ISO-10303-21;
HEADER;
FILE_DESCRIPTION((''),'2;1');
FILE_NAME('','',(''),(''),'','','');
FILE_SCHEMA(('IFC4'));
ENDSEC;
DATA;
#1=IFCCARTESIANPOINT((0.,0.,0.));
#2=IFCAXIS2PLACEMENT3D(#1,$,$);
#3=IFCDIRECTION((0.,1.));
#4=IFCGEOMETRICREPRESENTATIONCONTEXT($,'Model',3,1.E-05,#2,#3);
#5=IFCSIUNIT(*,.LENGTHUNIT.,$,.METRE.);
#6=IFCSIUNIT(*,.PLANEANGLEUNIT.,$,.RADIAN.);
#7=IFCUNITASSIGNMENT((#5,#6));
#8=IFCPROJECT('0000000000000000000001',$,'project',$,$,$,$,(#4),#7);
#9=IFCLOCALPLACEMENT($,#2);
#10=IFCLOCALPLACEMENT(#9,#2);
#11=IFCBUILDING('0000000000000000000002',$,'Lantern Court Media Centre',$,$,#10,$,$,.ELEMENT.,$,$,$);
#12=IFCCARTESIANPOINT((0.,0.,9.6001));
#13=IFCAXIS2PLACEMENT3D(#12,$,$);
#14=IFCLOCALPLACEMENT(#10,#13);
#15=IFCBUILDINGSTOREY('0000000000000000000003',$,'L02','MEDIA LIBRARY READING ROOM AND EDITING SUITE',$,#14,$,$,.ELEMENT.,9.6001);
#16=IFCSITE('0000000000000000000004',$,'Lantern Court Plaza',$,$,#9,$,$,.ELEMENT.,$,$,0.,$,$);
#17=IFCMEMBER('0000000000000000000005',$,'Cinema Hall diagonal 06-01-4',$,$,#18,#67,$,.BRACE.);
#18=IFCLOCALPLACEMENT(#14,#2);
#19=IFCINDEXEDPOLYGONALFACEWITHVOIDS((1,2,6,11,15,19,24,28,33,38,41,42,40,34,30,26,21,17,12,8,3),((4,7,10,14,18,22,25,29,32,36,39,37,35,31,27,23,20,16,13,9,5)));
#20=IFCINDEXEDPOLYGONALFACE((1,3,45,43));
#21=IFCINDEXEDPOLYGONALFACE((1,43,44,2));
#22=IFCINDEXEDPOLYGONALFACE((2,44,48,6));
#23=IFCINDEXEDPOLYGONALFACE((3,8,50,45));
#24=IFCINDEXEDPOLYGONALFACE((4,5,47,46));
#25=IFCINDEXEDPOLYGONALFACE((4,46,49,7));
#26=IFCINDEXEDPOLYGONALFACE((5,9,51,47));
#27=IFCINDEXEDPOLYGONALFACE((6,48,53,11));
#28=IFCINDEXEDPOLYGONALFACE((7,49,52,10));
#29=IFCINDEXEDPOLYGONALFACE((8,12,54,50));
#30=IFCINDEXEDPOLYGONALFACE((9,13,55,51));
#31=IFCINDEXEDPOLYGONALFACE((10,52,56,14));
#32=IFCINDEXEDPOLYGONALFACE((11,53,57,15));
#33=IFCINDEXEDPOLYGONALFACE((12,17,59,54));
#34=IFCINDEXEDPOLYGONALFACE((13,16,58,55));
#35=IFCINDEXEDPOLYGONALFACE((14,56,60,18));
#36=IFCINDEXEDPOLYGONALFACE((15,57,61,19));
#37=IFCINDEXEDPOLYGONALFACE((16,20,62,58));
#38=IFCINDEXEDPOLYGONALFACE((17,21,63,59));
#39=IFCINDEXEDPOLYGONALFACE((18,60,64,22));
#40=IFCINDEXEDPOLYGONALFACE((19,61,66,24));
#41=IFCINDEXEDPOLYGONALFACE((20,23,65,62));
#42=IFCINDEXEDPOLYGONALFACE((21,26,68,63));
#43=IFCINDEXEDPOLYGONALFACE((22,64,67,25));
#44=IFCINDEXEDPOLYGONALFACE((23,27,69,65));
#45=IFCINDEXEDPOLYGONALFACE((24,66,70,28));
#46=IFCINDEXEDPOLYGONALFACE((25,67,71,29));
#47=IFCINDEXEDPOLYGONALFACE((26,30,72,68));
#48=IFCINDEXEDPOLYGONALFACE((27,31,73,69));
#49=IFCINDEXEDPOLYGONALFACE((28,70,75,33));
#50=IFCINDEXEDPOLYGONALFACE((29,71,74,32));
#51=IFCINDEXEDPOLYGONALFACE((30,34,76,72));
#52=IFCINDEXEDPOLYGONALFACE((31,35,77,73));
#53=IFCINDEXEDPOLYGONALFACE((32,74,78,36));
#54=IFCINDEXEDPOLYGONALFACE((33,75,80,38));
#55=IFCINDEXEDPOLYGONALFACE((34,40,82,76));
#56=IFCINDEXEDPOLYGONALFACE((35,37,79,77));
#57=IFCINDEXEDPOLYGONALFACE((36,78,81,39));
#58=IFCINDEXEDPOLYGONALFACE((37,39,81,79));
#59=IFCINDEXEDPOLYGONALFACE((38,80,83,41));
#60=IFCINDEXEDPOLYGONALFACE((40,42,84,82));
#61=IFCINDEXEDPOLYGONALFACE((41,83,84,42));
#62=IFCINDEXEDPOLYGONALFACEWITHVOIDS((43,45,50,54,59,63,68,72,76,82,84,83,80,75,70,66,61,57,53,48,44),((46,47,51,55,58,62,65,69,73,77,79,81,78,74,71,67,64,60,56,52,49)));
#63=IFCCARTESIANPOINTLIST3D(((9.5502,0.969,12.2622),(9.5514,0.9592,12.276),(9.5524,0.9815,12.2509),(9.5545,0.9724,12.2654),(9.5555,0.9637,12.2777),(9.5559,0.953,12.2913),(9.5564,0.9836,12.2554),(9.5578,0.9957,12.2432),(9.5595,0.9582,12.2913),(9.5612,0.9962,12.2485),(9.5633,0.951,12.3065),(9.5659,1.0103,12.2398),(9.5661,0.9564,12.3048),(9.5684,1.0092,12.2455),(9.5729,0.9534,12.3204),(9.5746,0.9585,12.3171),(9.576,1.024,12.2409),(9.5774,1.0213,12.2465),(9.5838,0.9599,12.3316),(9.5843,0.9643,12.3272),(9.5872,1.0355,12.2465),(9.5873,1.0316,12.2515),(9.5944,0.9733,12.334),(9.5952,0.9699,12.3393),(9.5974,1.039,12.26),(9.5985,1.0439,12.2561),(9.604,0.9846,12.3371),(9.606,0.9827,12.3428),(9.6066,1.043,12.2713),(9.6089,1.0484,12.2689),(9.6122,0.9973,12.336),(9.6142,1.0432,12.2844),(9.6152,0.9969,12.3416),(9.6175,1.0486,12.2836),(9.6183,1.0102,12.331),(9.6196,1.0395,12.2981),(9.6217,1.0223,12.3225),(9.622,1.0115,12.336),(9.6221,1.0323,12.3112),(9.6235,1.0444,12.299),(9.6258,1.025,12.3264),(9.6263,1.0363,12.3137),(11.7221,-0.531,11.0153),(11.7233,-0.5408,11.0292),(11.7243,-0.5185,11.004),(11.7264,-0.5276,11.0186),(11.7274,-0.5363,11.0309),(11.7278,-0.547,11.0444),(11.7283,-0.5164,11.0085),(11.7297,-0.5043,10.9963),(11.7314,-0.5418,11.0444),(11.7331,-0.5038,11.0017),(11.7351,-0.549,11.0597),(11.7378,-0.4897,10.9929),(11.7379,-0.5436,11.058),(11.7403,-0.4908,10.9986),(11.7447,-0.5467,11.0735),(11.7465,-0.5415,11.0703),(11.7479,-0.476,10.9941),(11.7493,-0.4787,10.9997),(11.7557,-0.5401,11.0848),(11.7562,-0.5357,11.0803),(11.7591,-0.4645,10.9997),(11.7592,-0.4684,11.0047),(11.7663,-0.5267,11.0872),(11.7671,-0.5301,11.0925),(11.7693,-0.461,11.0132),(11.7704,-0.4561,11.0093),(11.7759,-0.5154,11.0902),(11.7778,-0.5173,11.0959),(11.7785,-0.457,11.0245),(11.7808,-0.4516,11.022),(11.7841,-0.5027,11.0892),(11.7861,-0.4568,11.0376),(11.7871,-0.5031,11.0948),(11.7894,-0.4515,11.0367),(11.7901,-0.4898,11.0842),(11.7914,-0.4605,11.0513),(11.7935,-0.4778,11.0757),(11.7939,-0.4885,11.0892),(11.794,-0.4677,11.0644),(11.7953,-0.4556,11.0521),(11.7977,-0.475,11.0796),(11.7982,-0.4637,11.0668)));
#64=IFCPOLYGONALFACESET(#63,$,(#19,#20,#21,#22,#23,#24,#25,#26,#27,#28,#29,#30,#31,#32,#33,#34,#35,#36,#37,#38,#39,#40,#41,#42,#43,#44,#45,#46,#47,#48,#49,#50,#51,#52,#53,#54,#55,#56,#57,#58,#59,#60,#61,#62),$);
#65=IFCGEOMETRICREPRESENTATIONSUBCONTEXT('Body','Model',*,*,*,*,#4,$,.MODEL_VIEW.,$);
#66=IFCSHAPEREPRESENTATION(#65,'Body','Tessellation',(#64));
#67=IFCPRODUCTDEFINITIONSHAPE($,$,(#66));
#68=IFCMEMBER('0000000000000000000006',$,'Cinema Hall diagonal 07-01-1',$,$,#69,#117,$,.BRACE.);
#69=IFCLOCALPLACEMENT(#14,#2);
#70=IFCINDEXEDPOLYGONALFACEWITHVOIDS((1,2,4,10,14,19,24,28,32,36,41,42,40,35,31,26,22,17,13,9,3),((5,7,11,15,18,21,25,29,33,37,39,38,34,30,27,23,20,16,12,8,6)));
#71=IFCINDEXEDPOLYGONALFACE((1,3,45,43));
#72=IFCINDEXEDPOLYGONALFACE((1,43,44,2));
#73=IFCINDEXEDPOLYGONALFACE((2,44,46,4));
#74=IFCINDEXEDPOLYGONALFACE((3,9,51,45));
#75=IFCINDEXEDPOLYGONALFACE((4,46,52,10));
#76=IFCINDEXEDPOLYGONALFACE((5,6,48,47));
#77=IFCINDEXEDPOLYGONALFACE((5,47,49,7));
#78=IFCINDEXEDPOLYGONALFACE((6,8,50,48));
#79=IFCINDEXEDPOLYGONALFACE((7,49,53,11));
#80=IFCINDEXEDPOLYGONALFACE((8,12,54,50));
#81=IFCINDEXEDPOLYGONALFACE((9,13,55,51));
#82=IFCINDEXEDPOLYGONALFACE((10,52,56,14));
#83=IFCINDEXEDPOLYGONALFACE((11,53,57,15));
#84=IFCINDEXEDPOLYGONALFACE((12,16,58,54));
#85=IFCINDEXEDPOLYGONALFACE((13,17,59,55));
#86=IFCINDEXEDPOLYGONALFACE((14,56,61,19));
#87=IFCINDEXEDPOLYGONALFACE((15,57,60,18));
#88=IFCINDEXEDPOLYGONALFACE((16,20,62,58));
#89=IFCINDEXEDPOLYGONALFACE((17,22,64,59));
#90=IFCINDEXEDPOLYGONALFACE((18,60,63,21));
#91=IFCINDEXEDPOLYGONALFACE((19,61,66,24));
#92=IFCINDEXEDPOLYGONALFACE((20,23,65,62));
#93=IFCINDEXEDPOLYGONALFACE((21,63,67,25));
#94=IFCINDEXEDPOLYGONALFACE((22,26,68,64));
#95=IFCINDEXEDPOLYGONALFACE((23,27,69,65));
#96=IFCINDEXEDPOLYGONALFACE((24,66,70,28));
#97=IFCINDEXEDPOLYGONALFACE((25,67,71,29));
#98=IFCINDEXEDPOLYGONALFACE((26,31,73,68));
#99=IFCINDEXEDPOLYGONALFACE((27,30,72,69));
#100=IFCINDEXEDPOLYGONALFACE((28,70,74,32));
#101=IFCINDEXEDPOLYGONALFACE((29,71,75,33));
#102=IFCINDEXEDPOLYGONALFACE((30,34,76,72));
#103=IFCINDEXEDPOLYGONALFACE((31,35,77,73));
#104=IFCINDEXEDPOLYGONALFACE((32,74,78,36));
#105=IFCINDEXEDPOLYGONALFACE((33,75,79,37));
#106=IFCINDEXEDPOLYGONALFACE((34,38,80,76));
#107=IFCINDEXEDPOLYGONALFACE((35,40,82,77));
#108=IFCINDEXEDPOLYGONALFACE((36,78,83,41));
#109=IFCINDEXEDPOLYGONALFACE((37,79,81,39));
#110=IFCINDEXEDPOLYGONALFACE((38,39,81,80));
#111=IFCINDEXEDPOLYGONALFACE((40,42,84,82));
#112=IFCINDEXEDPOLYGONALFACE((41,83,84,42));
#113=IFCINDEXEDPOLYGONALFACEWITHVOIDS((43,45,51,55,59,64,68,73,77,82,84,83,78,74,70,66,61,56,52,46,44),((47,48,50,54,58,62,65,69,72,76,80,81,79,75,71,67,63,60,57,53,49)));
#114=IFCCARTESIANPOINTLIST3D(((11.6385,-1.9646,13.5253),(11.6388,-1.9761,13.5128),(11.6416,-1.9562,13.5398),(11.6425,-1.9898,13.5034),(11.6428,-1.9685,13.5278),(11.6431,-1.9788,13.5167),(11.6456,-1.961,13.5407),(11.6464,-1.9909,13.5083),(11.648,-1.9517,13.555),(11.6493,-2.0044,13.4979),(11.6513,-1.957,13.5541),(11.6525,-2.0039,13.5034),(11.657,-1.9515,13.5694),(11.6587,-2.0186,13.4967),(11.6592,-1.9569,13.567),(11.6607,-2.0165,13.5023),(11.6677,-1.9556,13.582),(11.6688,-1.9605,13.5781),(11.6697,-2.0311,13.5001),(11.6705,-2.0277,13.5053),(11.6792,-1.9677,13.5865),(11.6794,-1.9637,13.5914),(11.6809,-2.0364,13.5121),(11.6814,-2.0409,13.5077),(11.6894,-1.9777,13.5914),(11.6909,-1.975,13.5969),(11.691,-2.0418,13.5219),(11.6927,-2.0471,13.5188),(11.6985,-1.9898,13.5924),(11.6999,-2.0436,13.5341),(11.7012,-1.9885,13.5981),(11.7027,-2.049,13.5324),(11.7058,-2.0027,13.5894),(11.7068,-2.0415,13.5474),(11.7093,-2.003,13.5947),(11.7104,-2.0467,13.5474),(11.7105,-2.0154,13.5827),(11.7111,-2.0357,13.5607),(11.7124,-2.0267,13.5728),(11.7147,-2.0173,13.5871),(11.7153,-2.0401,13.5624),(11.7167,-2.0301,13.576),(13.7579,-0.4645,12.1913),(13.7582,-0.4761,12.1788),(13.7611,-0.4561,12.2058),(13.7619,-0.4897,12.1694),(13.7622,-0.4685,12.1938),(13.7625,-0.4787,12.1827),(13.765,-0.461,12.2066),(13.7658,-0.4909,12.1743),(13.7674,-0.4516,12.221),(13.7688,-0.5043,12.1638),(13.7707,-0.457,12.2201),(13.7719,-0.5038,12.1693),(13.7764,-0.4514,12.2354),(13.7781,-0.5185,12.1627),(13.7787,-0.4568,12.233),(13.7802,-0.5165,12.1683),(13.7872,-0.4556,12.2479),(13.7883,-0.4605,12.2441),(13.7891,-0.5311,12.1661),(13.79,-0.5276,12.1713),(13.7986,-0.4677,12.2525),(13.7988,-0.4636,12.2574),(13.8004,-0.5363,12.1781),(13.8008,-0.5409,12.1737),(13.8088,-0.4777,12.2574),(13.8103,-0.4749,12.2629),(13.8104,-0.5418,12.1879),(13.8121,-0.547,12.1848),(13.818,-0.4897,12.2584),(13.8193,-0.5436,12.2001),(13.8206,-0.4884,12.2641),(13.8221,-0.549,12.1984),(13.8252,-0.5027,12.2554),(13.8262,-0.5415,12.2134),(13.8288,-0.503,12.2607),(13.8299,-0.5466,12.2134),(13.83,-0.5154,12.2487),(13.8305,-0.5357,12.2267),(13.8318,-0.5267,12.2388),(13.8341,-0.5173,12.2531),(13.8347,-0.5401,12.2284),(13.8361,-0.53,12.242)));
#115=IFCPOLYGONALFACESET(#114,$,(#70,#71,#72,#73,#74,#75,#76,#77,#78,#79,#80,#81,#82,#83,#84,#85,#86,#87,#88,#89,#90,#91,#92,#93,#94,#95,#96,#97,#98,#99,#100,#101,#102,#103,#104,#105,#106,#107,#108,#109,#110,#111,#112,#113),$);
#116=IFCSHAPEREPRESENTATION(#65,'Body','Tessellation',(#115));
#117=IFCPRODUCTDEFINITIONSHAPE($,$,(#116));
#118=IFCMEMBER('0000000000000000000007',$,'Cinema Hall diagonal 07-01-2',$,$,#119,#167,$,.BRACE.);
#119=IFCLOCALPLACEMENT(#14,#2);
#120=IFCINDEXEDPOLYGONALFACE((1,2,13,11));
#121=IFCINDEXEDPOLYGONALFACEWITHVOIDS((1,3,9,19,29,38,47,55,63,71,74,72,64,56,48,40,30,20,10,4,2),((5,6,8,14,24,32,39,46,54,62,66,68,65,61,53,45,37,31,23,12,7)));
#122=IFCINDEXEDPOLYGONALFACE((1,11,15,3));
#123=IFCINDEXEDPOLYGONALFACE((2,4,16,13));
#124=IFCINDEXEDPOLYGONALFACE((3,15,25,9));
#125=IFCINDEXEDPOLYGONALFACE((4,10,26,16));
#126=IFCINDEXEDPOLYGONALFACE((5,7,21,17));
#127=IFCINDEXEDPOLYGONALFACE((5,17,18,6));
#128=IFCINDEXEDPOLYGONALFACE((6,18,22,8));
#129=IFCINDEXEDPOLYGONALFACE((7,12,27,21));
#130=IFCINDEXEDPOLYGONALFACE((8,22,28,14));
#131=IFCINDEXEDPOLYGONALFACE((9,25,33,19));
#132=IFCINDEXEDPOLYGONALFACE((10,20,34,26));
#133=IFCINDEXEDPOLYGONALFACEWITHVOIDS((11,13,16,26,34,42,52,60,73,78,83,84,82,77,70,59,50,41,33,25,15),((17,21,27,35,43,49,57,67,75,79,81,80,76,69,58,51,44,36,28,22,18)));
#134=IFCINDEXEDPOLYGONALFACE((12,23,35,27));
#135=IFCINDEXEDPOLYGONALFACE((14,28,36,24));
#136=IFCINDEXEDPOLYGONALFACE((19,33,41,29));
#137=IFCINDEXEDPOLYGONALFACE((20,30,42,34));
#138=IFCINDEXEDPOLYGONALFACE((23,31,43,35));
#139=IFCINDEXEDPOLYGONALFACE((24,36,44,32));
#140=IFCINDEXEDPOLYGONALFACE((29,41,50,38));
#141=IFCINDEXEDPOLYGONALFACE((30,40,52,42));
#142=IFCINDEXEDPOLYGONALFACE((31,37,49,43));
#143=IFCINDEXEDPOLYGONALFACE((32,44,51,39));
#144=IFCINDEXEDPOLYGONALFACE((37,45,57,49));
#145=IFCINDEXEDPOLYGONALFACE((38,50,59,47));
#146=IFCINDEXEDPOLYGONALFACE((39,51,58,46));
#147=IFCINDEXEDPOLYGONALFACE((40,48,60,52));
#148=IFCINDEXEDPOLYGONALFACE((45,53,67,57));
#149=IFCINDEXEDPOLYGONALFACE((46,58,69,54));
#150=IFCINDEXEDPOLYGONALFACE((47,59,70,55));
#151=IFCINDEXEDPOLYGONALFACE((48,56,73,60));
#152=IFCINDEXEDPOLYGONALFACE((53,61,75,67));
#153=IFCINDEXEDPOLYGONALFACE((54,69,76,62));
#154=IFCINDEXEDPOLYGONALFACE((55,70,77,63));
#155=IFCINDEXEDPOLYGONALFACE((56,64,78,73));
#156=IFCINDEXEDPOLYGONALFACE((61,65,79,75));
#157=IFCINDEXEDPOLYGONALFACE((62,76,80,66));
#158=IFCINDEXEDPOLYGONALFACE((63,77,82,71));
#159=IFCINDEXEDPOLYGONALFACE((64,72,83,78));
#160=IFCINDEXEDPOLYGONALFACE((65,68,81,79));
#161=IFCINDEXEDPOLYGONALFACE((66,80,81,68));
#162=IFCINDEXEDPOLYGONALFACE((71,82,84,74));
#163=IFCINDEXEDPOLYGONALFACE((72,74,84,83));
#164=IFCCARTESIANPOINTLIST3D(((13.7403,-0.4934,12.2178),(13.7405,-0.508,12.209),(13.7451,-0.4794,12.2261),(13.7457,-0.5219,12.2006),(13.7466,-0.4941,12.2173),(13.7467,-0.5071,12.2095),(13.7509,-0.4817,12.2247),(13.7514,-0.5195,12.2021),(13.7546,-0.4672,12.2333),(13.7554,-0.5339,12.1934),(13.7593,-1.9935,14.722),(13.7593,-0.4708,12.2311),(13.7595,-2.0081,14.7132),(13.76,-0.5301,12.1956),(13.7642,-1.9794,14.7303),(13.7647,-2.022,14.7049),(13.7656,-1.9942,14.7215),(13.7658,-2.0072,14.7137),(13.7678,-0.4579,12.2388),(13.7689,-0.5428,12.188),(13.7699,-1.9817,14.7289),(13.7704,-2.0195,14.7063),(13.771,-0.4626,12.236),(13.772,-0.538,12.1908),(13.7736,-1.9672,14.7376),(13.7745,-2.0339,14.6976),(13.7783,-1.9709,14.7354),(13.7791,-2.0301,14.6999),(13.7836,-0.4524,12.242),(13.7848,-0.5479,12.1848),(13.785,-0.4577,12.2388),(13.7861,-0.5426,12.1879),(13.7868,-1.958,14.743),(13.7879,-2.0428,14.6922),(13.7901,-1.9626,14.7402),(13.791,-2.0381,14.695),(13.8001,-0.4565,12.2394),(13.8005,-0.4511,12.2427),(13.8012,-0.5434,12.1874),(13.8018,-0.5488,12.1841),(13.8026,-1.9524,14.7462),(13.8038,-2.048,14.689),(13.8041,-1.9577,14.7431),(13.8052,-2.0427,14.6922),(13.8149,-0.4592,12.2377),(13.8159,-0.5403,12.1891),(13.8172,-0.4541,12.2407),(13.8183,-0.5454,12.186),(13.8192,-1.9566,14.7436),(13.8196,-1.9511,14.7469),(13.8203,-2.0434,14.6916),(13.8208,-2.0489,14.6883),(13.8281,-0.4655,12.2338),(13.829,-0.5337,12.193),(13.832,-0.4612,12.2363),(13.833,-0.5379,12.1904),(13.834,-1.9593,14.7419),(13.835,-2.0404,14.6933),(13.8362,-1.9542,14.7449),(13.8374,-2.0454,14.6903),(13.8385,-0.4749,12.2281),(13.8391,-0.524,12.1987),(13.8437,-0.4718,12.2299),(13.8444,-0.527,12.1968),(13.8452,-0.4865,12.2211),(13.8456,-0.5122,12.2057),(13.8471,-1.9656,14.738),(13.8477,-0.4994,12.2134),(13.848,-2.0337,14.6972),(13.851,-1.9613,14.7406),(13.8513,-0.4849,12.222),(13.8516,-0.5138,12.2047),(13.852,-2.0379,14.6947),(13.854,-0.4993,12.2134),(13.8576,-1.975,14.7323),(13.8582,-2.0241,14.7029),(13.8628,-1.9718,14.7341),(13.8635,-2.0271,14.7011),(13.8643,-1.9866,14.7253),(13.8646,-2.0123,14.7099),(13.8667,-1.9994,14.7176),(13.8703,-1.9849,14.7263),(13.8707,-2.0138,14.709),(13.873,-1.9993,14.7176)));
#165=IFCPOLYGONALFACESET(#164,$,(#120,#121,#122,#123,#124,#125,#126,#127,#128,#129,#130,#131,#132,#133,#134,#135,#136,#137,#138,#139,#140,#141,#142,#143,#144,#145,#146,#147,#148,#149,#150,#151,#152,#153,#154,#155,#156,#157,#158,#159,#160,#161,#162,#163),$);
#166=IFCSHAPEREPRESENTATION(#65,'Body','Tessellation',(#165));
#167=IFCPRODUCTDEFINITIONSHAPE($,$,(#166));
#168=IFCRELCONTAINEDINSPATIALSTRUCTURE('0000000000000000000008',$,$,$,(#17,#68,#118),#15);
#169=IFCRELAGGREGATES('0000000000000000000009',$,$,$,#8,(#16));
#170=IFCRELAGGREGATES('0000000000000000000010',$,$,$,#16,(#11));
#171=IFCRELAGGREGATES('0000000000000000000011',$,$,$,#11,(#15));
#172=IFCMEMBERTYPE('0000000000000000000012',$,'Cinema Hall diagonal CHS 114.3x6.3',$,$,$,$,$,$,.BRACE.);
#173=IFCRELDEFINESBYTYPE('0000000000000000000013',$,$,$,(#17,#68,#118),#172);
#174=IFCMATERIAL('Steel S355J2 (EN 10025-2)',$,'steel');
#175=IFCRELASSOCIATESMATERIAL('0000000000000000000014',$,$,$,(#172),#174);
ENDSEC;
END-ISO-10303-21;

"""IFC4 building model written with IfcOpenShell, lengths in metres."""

from ifc_helpers import new_model, si_unit, direction, frame, origin, origin_2d, place, context, subcontext, project, spatial, hollow_circle, extrude, material, material_profile, profile_set, type_object, element, save


model = new_model("IFC4")

# Units and contexts
model_context = context("Model", 3, precision=1e-05, world=origin(), true_north=direction((0.0, 1.0)))
body_context = subcontext(model_context, "Body", "Model", "MODEL_VIEW")
ifc_project = project(units=[si_unit("LENGTHUNIT", "METRE"), si_unit("PLANEANGLEUNIT", "RADIAN")], contexts=[model_context])

# Site, building, storey
site_placement = place(None, origin())
site = spatial("IfcSite", under=ifc_project, at=site_placement, Name="Lantern Court Plaza", CompositionType="ELEMENT", RefElevation=0.0)
building_placement = place(site_placement, origin())
building = spatial("IfcBuilding", under=site, at=building_placement, Name="Lantern Court Media Centre", CompositionType="ELEMENT")
storey_placement = place(building_placement, frame((0.0, 0.0, 9.6001)))
storey = spatial("IfcBuildingStorey", under=building, at=storey_placement, Name="L02", Description="MEDIA LIBRARY READING ROOM AND EDITING SUITE", CompositionType="ELEMENT", Elevation=9.6001)

# Members
ifc_material = material(Name="Steel S355J2 (EN 10025-2)", Category="steel")
ifc_material_profile_1 = material_profile(ifc_material, hollow_circle(Radius=0.0571, WallThickness=0.0063, at=origin_2d()), Name="Cinema Hall diagonal CHS 114.3x6.3")
ifc_profile_set_1 = profile_set([ifc_material_profile_1], Name="Steel S355J2 (EN 10025-2)")
member_type_1 = type_object("IfcMemberType", Name="Cinema Hall diagonal CHS 114.3x6.3", PredefinedType="BRACE", material=ifc_profile_set_1)
for number, where, z_axis, x_axis, name in (
    (1, (11.7603, -0.5, 11.0444), (-0.744002, 0.513843, 0.427115), (-0.568286, -0.822831, 0.0), "Cinema Hall diagonal 06-01-4"),
    (2, (13.7969, -0.5, 12.2134), (-0.726034, -0.513852, 0.45698), (0.577702, -0.816248, 0.0), "Cinema Hall diagonal 07-01-1"),
    (3, (13.7969, -0.5, 12.2134), (0.006524, -0.513857, 0.857851), (0.999919, 0.012694, 0.0), "Cinema Hall diagonal 07-01-2"),
):
    element("IfcMember", number, at=place(storey_placement, frame(where, z_axis=z_axis, x_axis=x_axis)), inside=storey, type_object=member_type_1, Name=name, PredefinedType="BRACE", context=body_context, shape_type="SweptSolid", body=[
        extrude(hollow_circle(Radius=0.0571, WallThickness=0.0063, at=origin_2d()), origin(), (0.0, 0.0, 1.0), 2.9192),
    ])

save(model, "model.ifc")
